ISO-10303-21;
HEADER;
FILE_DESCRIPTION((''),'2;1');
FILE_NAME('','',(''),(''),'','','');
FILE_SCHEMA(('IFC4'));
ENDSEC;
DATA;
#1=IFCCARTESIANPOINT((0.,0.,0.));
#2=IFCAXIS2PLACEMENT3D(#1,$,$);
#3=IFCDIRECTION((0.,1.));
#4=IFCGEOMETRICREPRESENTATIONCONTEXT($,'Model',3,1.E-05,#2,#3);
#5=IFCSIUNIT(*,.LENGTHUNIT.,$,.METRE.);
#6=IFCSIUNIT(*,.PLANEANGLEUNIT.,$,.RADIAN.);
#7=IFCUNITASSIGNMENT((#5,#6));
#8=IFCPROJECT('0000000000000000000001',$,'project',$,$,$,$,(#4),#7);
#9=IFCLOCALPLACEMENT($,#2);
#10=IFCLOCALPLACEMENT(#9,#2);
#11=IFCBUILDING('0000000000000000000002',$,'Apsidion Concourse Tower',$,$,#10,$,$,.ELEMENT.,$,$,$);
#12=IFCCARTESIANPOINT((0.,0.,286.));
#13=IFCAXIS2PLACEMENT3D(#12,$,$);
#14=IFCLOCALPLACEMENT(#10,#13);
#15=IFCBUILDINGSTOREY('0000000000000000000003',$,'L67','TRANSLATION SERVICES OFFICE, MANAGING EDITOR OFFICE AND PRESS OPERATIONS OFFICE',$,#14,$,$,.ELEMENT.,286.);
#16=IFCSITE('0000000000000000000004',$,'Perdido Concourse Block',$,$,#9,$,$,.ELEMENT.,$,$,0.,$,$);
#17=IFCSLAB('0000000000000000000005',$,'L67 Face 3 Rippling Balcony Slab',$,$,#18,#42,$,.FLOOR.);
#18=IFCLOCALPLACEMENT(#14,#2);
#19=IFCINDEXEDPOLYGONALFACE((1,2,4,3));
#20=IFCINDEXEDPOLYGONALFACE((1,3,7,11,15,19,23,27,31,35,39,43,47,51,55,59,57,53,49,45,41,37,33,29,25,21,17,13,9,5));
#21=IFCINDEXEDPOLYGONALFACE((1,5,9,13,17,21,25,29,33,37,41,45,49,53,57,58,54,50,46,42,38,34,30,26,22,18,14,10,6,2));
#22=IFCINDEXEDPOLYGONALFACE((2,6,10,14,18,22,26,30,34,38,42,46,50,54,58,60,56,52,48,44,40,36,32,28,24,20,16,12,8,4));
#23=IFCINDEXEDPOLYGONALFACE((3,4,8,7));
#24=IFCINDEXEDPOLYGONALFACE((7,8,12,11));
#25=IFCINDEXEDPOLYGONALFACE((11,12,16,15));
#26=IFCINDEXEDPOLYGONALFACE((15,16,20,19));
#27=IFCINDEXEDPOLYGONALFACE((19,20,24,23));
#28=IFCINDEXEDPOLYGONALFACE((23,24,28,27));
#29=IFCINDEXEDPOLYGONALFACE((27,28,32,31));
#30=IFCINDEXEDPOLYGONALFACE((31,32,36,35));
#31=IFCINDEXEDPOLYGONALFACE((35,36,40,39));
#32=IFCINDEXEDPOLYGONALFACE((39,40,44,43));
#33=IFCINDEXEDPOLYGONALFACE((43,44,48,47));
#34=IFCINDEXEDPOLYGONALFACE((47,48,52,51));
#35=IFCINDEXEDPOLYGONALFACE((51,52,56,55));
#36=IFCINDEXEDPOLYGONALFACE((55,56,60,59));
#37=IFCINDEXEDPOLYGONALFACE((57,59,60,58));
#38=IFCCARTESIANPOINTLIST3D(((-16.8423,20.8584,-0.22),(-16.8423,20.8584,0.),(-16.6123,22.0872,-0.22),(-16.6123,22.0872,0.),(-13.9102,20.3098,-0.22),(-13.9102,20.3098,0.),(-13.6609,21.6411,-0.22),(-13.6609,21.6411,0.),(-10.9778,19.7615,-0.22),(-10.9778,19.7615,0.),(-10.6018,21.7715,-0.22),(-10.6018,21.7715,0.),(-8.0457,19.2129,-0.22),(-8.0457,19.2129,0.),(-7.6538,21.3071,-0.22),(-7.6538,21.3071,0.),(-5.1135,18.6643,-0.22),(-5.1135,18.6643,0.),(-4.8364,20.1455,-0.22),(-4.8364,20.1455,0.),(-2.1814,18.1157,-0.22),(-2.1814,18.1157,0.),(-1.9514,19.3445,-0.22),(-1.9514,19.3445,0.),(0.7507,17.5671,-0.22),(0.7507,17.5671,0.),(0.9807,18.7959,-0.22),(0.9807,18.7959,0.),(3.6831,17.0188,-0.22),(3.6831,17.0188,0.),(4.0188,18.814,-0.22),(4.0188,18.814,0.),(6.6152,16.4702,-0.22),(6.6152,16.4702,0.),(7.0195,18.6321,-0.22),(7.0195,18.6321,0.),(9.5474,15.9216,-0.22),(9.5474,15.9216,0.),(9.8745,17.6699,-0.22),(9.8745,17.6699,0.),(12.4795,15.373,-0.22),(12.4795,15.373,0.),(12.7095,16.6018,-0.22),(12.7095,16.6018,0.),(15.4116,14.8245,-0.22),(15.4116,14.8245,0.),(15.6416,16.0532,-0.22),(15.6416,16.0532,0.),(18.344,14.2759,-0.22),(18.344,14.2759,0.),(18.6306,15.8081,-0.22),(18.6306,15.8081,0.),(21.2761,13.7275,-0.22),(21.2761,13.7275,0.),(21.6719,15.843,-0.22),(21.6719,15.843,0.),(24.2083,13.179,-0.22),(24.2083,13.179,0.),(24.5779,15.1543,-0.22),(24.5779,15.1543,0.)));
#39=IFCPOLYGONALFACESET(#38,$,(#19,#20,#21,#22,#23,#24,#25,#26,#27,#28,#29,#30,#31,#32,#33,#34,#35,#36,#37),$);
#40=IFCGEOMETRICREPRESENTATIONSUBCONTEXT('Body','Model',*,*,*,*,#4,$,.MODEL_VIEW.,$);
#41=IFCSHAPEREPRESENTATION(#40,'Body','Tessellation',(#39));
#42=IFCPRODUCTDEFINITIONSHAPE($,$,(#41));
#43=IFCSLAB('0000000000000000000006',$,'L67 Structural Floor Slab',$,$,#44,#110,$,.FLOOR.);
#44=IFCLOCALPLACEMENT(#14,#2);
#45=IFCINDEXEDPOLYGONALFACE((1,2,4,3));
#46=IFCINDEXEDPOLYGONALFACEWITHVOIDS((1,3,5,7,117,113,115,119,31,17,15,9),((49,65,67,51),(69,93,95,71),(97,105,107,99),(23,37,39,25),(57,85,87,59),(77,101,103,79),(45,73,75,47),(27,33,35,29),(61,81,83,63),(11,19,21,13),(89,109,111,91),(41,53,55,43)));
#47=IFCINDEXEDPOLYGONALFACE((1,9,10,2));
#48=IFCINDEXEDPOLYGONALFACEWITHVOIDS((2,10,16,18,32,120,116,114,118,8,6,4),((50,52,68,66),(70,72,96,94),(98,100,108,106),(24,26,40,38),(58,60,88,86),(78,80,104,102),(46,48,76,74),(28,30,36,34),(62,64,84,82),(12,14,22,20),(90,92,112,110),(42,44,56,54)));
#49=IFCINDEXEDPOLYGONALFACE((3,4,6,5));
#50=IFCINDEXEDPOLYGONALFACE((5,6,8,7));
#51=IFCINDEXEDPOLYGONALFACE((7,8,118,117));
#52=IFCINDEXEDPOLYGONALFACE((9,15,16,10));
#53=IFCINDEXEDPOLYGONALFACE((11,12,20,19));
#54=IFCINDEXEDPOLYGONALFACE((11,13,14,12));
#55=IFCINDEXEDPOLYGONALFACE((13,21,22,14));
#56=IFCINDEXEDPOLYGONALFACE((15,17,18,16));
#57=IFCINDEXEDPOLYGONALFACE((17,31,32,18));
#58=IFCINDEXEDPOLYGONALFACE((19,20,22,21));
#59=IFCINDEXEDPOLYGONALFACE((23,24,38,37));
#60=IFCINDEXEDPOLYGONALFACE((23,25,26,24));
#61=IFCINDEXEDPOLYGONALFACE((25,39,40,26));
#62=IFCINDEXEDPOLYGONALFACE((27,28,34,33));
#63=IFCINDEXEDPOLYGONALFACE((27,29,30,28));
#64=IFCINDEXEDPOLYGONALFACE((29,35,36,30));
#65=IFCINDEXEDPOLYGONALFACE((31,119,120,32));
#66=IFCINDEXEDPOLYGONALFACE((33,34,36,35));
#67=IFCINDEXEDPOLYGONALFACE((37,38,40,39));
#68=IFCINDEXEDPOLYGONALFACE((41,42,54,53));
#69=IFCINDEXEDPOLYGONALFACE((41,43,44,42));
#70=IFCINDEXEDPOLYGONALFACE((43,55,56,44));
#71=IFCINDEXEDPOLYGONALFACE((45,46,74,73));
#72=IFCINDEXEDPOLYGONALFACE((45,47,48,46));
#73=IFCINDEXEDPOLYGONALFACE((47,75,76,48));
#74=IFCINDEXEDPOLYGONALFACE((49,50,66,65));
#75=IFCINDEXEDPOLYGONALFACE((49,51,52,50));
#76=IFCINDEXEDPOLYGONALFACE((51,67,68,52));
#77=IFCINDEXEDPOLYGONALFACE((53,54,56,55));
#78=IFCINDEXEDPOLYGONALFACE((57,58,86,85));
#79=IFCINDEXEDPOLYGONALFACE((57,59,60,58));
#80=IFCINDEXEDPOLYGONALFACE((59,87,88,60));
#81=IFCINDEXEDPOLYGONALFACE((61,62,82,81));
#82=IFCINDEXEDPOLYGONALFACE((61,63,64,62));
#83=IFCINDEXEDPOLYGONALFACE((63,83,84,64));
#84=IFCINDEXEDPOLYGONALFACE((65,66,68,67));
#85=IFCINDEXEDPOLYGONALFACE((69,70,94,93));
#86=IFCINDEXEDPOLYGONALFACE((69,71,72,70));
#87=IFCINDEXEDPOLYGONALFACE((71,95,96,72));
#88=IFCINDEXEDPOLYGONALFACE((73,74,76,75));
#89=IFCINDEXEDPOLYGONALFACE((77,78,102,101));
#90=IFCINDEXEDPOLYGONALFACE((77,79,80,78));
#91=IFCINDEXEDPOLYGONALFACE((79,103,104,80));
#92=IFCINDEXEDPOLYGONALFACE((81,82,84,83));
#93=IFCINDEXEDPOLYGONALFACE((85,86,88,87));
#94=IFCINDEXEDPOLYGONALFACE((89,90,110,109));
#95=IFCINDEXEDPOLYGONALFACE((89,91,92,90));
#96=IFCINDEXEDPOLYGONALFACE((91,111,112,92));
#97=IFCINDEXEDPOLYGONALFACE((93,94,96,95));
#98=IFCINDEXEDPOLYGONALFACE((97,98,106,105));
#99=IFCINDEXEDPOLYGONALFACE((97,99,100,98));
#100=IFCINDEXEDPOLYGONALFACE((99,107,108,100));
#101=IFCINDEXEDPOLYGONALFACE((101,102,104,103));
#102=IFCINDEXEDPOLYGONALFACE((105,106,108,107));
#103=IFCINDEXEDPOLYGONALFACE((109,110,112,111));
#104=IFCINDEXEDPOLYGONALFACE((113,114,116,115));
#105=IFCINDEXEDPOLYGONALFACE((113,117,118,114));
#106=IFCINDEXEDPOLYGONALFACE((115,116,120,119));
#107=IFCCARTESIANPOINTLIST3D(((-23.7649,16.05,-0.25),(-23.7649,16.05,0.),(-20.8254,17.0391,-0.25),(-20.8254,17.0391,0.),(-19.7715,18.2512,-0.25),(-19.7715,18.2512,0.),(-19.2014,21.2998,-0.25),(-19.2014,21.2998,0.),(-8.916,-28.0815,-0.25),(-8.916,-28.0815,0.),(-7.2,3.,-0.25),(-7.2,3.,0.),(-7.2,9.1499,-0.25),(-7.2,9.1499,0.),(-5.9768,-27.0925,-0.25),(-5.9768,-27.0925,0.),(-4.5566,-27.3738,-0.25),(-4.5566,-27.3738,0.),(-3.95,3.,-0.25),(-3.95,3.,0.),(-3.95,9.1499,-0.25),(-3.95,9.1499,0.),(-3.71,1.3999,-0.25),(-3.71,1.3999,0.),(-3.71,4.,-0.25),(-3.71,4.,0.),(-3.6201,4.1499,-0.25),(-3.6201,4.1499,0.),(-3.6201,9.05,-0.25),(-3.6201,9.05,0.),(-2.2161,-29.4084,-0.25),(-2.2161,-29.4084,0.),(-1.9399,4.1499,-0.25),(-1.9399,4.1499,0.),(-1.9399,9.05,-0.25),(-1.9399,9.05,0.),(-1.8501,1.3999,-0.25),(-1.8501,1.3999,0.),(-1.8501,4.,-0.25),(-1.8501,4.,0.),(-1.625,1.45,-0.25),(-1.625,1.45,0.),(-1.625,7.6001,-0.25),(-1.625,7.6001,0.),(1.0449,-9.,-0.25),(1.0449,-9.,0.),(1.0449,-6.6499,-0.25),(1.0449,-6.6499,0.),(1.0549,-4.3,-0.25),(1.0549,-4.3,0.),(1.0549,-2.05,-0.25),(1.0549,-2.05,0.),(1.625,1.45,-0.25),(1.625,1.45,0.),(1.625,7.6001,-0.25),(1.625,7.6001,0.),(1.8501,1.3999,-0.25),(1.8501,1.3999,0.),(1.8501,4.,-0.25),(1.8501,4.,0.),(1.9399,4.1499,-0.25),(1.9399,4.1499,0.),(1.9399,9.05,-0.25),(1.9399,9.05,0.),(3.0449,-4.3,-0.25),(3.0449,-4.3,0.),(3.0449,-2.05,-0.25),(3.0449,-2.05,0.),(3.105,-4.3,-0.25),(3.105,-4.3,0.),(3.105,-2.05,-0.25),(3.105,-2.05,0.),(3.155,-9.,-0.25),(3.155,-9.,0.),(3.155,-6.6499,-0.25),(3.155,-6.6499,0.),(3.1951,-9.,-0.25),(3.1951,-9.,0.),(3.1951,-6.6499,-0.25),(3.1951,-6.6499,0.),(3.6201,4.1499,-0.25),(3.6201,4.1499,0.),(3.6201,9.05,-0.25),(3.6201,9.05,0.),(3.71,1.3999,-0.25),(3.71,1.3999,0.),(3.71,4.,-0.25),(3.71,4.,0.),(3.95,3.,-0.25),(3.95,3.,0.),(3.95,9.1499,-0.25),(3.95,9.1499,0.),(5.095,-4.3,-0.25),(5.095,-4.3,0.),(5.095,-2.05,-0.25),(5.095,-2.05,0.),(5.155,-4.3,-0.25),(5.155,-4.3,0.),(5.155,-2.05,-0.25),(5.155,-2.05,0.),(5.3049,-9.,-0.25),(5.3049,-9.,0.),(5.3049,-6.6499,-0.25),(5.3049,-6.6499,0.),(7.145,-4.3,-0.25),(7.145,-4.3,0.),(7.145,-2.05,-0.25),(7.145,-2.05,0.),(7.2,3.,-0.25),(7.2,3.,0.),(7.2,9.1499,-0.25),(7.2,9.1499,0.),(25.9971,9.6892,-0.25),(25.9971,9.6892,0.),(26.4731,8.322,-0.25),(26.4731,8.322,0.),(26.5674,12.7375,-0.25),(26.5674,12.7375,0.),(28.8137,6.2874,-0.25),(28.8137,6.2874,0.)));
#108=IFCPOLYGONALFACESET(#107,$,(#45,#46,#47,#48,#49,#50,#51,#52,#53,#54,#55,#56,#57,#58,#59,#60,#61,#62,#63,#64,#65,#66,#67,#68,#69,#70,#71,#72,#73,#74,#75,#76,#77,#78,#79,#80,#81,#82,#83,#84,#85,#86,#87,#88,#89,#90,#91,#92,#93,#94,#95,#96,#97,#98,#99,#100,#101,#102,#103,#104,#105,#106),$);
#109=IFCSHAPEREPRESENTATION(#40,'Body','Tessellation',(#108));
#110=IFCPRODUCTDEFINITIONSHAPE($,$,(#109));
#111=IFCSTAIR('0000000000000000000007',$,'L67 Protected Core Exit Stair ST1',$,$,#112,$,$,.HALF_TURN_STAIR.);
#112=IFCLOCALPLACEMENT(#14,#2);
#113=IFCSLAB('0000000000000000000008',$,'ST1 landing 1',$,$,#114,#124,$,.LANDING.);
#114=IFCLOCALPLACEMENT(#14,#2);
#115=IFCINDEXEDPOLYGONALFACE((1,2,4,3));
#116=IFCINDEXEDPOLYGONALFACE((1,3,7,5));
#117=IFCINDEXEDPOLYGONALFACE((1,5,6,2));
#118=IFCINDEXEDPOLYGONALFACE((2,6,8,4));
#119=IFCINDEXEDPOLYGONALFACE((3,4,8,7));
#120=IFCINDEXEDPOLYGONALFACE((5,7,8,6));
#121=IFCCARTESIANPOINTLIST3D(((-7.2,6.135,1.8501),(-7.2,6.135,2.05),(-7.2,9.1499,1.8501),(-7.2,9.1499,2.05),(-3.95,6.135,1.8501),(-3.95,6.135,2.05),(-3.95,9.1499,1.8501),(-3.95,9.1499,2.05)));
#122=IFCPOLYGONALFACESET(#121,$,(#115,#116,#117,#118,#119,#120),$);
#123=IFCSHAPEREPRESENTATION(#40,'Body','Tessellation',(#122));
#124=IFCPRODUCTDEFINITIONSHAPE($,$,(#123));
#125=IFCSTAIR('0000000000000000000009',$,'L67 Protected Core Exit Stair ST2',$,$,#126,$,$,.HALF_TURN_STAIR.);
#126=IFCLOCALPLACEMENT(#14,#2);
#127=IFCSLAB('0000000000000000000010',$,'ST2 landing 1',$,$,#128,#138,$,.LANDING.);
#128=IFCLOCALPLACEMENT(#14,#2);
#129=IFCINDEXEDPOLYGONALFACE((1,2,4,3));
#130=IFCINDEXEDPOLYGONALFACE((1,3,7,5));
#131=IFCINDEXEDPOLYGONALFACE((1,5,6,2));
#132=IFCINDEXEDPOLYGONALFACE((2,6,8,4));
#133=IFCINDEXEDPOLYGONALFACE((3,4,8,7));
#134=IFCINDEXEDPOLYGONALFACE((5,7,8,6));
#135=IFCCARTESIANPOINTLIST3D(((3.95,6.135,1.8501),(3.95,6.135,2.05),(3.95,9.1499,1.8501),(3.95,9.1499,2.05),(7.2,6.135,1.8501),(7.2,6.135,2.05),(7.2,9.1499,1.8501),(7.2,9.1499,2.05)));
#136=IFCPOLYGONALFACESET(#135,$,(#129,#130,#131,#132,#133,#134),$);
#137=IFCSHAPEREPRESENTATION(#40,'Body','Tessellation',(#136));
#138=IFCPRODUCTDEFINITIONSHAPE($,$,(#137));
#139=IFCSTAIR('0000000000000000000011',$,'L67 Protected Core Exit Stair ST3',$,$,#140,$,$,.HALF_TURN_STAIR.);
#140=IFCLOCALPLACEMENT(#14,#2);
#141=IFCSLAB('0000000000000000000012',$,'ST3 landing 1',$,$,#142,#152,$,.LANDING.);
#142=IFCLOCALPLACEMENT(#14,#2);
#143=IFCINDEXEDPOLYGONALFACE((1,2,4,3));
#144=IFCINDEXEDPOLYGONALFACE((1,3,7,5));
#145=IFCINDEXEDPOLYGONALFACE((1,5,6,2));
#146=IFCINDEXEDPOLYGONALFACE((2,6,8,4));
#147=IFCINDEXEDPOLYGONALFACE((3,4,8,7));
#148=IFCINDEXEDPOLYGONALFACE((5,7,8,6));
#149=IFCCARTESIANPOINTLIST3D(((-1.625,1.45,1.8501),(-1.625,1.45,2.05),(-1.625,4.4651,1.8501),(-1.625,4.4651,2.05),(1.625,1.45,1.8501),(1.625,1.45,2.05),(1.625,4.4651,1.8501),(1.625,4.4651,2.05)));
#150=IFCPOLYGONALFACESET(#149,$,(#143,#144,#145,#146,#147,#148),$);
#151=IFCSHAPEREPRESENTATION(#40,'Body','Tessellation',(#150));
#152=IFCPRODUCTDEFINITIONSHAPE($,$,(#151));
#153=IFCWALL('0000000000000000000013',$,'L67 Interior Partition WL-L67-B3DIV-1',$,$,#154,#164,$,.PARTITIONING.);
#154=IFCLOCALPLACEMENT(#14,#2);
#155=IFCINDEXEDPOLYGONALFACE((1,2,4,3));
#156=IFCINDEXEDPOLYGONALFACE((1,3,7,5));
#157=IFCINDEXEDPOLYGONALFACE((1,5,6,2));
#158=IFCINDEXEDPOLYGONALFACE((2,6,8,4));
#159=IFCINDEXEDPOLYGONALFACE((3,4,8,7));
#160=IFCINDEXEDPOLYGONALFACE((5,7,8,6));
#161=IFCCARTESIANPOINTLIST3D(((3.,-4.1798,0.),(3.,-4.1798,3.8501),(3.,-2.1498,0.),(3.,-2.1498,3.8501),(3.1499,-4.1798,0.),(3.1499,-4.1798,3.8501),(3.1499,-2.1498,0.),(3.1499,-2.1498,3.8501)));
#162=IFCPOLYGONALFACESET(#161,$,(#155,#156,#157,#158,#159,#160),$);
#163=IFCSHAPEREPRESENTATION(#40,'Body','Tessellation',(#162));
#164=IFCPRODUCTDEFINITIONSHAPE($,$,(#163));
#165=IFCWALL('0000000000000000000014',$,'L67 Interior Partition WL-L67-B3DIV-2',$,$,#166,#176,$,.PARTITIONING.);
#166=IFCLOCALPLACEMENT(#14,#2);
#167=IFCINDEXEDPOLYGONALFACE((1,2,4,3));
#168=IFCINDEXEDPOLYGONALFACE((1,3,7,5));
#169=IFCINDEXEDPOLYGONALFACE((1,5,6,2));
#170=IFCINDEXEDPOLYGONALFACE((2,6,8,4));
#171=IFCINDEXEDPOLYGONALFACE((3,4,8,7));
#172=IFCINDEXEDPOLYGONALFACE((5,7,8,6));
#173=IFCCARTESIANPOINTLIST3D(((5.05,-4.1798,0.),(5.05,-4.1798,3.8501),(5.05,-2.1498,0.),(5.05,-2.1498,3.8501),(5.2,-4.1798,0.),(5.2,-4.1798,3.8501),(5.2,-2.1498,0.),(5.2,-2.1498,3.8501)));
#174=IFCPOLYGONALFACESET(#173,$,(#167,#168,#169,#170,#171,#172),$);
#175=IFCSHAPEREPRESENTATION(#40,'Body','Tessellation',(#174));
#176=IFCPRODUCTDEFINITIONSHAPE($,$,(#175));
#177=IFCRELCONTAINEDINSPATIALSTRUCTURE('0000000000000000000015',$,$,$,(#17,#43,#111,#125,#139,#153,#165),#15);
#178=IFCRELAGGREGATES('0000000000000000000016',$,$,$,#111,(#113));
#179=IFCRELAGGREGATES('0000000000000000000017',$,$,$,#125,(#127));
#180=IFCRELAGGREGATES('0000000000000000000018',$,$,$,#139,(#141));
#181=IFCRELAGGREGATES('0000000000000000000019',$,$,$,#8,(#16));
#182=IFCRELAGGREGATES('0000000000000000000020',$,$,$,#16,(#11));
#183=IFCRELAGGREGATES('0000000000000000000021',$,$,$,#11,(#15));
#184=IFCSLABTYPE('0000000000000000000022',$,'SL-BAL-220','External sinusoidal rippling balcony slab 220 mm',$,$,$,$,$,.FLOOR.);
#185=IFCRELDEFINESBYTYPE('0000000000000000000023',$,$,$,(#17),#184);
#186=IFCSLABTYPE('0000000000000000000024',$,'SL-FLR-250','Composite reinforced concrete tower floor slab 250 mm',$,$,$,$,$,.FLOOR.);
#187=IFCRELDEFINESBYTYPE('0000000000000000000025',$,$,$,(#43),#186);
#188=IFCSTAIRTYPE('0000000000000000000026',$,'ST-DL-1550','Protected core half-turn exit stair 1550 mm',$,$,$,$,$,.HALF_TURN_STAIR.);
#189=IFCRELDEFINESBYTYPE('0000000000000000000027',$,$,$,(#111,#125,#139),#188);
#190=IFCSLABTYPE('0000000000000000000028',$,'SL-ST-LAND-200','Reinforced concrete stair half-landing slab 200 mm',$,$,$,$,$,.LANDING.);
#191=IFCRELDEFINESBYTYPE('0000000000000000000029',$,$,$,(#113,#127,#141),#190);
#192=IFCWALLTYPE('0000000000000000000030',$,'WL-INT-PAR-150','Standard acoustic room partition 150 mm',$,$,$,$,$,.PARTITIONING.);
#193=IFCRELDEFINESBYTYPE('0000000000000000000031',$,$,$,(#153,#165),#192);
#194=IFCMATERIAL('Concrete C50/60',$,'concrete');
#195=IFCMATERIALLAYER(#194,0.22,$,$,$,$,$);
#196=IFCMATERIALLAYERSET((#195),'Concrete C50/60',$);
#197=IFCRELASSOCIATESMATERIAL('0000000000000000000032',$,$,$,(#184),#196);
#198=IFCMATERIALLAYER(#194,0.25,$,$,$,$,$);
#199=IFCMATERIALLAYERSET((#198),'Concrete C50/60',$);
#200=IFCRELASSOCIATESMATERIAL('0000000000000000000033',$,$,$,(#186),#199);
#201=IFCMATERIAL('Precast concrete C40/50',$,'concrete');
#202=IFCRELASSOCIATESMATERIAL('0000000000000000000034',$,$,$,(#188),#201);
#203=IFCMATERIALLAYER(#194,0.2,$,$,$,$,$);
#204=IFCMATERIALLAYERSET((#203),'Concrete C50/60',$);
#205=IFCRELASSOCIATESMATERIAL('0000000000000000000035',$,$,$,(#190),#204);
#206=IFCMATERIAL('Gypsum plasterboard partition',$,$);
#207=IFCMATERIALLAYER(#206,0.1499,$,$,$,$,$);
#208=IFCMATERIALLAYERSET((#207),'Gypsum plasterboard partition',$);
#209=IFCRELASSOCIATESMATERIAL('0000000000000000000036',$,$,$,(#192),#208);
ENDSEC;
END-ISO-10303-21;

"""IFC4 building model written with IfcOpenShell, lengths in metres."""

from ifc_helpers import new_model, si_unit, direction, frame, frame_2d, origin, place, context, subcontext, project, spatial, polyline, rectangle, outline, extrude, material, layer, layer_set, type_object, element, aggregate, save


model = new_model("IFC4")

# Units and contexts
model_context = context("Model", 3, precision=1e-05, world=origin(), true_north=direction((0.0, 1.0)))
body_context = subcontext(model_context, "Body", "Model", "MODEL_VIEW")
ifc_project = project(units=[si_unit("LENGTHUNIT", "METRE"), si_unit("PLANEANGLEUNIT", "RADIAN")], contexts=[model_context])

# Site, building, storey
site_placement = place(None, origin())
site = spatial("IfcSite", under=ifc_project, at=site_placement, Name="Perdido Concourse Block", CompositionType="ELEMENT", RefElevation=0.0)
building_placement = place(site_placement, origin())
building = spatial("IfcBuilding", under=site, at=building_placement, Name="Apsidion Concourse Tower", CompositionType="ELEMENT")
storey_placement = place(building_placement, frame((0.0, 0.0, 286.0)))
storey = spatial("IfcBuildingStorey", under=building, at=storey_placement, Name="L67", Description="TRANSLATION SERVICES OFFICE, MANAGING EDITOR OFFICE AND PRESS OPERATIONS OFFICE", CompositionType="ELEMENT", Elevation=286.0)

# Shared definitions
ifc_material_1 = material(Name="Concrete C50/60", Category="concrete")

# Slabs
ifc_layer_1 = layer(ifc_material_1, 0.22)
ifc_layer_set_1 = layer_set([ifc_layer_1], Name="Concrete C50/60")
slab_type_1 = type_object("IfcSlabType", Name="SL-BAL-220", Description="External sinusoidal rippling balcony slab 220 mm", PredefinedType="FLOOR", material=ifc_layer_set_1)
slab_1_placement = place(storey_placement, frame((0.0, 0.0, -0.22)))
element("IfcSlab", 1, at=slab_1_placement, inside=storey, type_object=slab_type_1, Name="L67 Face 3 Rippling Balcony Slab", PredefinedType="FLOOR", context=body_context, shape_type="SweptSolid", body=[
    extrude(outline(polyline([(24.2083, 13.179), (21.2761, 13.7275), (18.344, 14.2759), (15.4116, 14.8245), (12.4795, 15.373), (9.5474, 15.9216), (6.6152, 16.4702), (3.6831, 17.0188), (0.7507, 17.5671), (-2.1814, 18.1157), (-5.1135, 18.6643), (-8.0457, 19.2129), (-10.9778, 19.7615), (-13.9102, 20.3098), (-16.8423, 20.8584), (-16.6123, 22.0872), (-13.6609, 21.6411), (-10.6018, 21.7715), (-7.6538, 21.3071), (-4.8364, 20.1455), (-1.9514, 19.3445), (0.9807, 18.7959), (4.0188, 18.814), (7.0195, 18.6321), (9.8745, 17.6699), (12.7095, 16.6018), (15.6416, 16.0532), (18.6306, 15.8081), (21.6719, 15.843), (24.5779, 15.1543), (24.2083, 13.179)])), origin(), (0.0, 0.0, 1.0), 0.22),
])
ifc_layer_2 = layer(ifc_material_1, 0.25)
ifc_layer_set_2 = layer_set([ifc_layer_2], Name="Concrete C50/60")
slab_type_2 = type_object("IfcSlabType", Name="SL-FLR-250", Description="Composite reinforced concrete tower floor slab 250 mm", PredefinedType="FLOOR", material=ifc_layer_set_2)
slab_2_placement = place(storey_placement, frame((0.0, 0.0, -0.25)))
element("IfcSlab", 2, at=slab_2_placement, inside=storey, type_object=slab_type_2, Name="L67 Structural Floor Slab", PredefinedType="FLOOR", context=body_context, shape_type="SweptSolid", body=[
    extrude(outline(polyline([(-19.2014, 21.2998), (-19.7715, 18.2512), (-20.8254, 17.0391), (-23.7649, 16.05), (-8.916, -28.0815), (-5.9768, -27.0925), (-4.5566, -27.3738), (-2.2161, -29.4084), (28.8137, 6.2874), (26.4731, 8.322), (25.9971, 9.6892), (26.5674, 12.7375), (-19.2014, 21.2998)]), holes=[polyline([(-3.95, 3.0), (-3.95, 9.1499), (-7.2, 9.1499), (-7.2, 3.0), (-3.95, 3.0)]), polyline([(7.2, 3.0), (7.2, 9.1499), (3.95, 9.1499), (3.95, 3.0), (7.2, 3.0)]), polyline([(-1.625, 7.6001), (-1.625, 1.45), (1.625, 1.45), (1.625, 7.6001), (-1.625, 7.6001)]), polyline([(1.0549, -4.3), (3.0449, -4.3), (3.0449, -2.05), (1.0549, -2.05), (1.0549, -4.3)]), polyline([(3.105, -4.3), (5.095, -4.3), (5.095, -2.05), (3.105, -2.05), (3.105, -4.3)]), polyline([(5.155, -4.3), (7.145, -4.3), (7.145, -2.05), (5.155, -2.05), (5.155, -4.3)]), polyline([(1.0449, -9.0), (3.155, -9.0), (3.155, -6.6499), (1.0449, -6.6499), (1.0449, -9.0)]), polyline([(3.1951, -9.0), (5.3049, -9.0), (5.3049, -6.6499), (3.1951, -6.6499), (3.1951, -9.0)]), polyline([(-3.71, 1.3999), (-1.8501, 1.3999), (-1.8501, 4.0), (-3.71, 4.0), (-3.71, 1.3999)]), polyline([(1.8501, 1.3999), (3.71, 1.3999), (3.71, 4.0), (1.8501, 4.0), (1.8501, 1.3999)]), polyline([(-3.6201, 4.1499), (-1.9399, 4.1499), (-1.9399, 9.05), (-3.6201, 9.05), (-3.6201, 4.1499)]), polyline([(1.9399, 4.1499), (3.6201, 4.1499), (3.6201, 9.05), (1.9399, 9.05), (1.9399, 4.1499)])]), origin(), (0.0, 0.0, 1.0), 0.25),
])

# Stairs, slabs
ifc_material_2 = material(Name="Precast concrete C40/50", Category="concrete")
stair_type = type_object("IfcStairType", Name="ST-DL-1550", Description="Protected core half-turn exit stair 1550 mm", PredefinedType="HALF_TURN_STAIR", material=ifc_material_2)
stair_1_placement = place(storey_placement, origin())
stair_1 = element("IfcStair", 3, at=stair_1_placement, inside=storey, type_object=stair_type, Name="L67 Protected Core Exit Stair ST1", PredefinedType="HALF_TURN_STAIR")
ifc_layer_3 = layer(ifc_material_1, 0.2)
ifc_layer_set_3 = layer_set([ifc_layer_3], Name="Concrete C50/60")
slab_type_3 = type_object("IfcSlabType", Name="SL-ST-LAND-200", Description="Reinforced concrete stair half-landing slab 200 mm", PredefinedType="LANDING", material=ifc_layer_set_3)
slab_3_placement = place(storey_placement, frame((0.0, 0.0, 1.8501)))
slab_3 = element("IfcSlab", 4, at=slab_3_placement, type_object=slab_type_3, Name="ST1 landing 1", PredefinedType="LANDING", context=body_context, shape_type="SweptSolid", body=[
    extrude(outline(polyline([(-3.95, 6.135), (-3.95, 9.1499), (-7.2, 9.1499), (-7.2, 6.135), (-3.95, 6.135)])), origin(), (0.0, 0.0, 1.0), 0.2),
])
aggregate(stair_1, [slab_3])
stair_2_placement = place(storey_placement, origin())
stair_2 = element("IfcStair", 5, at=stair_2_placement, inside=storey, type_object=stair_type, Name="L67 Protected Core Exit Stair ST2", PredefinedType="HALF_TURN_STAIR")
slab_4_placement = place(storey_placement, frame((0.0, 0.0, 1.8501)))
slab_4 = element("IfcSlab", 6, at=slab_4_placement, type_object=slab_type_3, Name="ST2 landing 1", PredefinedType="LANDING", context=body_context, shape_type="SweptSolid", body=[
    extrude(outline(polyline([(7.2, 6.135), (7.2, 9.1499), (3.95, 9.1499), (3.95, 6.135), (7.2, 6.135)])), origin(), (0.0, 0.0, 1.0), 0.2),
])
aggregate(stair_2, [slab_4])
stair_3_placement = place(storey_placement, origin())
stair_3 = element("IfcStair", 7, at=stair_3_placement, inside=storey, type_object=stair_type, Name="L67 Protected Core Exit Stair ST3", PredefinedType="HALF_TURN_STAIR")
slab_5_placement = place(storey_placement, frame((0.0, 0.0, 1.8501)))
slab_5 = element("IfcSlab", 8, at=slab_5_placement, type_object=slab_type_3, Name="ST3 landing 1", PredefinedType="LANDING", context=body_context, shape_type="SweptSolid", body=[
    extrude(outline(polyline([(-1.625, 4.4651), (-1.625, 1.45), (1.625, 1.45), (1.625, 4.4651), (-1.625, 4.4651)])), origin(), (0.0, 0.0, 1.0), 0.2),
])
aggregate(stair_3, [slab_5])

# Walls
ifc_material_3 = material(Name="Gypsum plasterboard partition")
ifc_layer_4 = layer(ifc_material_3, 0.1499)
ifc_layer_set_4 = layer_set([ifc_layer_4], Name="Gypsum plasterboard partition")
wall_type_1 = type_object("IfcWallType", Name="WL-INT-PAR-150", Description="Standard acoustic room partition 150 mm", PredefinedType="PARTITIONING", material=ifc_layer_set_4)
for number, where, z_axis, x_axis, name in (
    (9, (3.075, -4.1799, 0.0), (0.0, 0.0, 1.0), (0.0, 1.0, 0.0), "L67 Interior Partition WL-L67-B3DIV-1"),
    (10, (5.125, -4.1799, 0.0), (0.0, 0.0, 1.0), (0.0, 1.0, 0.0), "L67 Interior Partition WL-L67-B3DIV-2"),
):
    element("IfcWall", number, at=place(storey_placement, frame(where, z_axis=z_axis, x_axis=x_axis)), inside=storey, type_object=wall_type_1, Name=name, PredefinedType="PARTITIONING", context=body_context, shape_type="SweptSolid", body=[
        extrude(rectangle(XDim=2.03, YDim=0.1499, at=frame_2d((1.0151, 0.0))), origin(), (0.0, 0.0, 1.0), 3.8501),
    ])

save(model, "model.ifc")
